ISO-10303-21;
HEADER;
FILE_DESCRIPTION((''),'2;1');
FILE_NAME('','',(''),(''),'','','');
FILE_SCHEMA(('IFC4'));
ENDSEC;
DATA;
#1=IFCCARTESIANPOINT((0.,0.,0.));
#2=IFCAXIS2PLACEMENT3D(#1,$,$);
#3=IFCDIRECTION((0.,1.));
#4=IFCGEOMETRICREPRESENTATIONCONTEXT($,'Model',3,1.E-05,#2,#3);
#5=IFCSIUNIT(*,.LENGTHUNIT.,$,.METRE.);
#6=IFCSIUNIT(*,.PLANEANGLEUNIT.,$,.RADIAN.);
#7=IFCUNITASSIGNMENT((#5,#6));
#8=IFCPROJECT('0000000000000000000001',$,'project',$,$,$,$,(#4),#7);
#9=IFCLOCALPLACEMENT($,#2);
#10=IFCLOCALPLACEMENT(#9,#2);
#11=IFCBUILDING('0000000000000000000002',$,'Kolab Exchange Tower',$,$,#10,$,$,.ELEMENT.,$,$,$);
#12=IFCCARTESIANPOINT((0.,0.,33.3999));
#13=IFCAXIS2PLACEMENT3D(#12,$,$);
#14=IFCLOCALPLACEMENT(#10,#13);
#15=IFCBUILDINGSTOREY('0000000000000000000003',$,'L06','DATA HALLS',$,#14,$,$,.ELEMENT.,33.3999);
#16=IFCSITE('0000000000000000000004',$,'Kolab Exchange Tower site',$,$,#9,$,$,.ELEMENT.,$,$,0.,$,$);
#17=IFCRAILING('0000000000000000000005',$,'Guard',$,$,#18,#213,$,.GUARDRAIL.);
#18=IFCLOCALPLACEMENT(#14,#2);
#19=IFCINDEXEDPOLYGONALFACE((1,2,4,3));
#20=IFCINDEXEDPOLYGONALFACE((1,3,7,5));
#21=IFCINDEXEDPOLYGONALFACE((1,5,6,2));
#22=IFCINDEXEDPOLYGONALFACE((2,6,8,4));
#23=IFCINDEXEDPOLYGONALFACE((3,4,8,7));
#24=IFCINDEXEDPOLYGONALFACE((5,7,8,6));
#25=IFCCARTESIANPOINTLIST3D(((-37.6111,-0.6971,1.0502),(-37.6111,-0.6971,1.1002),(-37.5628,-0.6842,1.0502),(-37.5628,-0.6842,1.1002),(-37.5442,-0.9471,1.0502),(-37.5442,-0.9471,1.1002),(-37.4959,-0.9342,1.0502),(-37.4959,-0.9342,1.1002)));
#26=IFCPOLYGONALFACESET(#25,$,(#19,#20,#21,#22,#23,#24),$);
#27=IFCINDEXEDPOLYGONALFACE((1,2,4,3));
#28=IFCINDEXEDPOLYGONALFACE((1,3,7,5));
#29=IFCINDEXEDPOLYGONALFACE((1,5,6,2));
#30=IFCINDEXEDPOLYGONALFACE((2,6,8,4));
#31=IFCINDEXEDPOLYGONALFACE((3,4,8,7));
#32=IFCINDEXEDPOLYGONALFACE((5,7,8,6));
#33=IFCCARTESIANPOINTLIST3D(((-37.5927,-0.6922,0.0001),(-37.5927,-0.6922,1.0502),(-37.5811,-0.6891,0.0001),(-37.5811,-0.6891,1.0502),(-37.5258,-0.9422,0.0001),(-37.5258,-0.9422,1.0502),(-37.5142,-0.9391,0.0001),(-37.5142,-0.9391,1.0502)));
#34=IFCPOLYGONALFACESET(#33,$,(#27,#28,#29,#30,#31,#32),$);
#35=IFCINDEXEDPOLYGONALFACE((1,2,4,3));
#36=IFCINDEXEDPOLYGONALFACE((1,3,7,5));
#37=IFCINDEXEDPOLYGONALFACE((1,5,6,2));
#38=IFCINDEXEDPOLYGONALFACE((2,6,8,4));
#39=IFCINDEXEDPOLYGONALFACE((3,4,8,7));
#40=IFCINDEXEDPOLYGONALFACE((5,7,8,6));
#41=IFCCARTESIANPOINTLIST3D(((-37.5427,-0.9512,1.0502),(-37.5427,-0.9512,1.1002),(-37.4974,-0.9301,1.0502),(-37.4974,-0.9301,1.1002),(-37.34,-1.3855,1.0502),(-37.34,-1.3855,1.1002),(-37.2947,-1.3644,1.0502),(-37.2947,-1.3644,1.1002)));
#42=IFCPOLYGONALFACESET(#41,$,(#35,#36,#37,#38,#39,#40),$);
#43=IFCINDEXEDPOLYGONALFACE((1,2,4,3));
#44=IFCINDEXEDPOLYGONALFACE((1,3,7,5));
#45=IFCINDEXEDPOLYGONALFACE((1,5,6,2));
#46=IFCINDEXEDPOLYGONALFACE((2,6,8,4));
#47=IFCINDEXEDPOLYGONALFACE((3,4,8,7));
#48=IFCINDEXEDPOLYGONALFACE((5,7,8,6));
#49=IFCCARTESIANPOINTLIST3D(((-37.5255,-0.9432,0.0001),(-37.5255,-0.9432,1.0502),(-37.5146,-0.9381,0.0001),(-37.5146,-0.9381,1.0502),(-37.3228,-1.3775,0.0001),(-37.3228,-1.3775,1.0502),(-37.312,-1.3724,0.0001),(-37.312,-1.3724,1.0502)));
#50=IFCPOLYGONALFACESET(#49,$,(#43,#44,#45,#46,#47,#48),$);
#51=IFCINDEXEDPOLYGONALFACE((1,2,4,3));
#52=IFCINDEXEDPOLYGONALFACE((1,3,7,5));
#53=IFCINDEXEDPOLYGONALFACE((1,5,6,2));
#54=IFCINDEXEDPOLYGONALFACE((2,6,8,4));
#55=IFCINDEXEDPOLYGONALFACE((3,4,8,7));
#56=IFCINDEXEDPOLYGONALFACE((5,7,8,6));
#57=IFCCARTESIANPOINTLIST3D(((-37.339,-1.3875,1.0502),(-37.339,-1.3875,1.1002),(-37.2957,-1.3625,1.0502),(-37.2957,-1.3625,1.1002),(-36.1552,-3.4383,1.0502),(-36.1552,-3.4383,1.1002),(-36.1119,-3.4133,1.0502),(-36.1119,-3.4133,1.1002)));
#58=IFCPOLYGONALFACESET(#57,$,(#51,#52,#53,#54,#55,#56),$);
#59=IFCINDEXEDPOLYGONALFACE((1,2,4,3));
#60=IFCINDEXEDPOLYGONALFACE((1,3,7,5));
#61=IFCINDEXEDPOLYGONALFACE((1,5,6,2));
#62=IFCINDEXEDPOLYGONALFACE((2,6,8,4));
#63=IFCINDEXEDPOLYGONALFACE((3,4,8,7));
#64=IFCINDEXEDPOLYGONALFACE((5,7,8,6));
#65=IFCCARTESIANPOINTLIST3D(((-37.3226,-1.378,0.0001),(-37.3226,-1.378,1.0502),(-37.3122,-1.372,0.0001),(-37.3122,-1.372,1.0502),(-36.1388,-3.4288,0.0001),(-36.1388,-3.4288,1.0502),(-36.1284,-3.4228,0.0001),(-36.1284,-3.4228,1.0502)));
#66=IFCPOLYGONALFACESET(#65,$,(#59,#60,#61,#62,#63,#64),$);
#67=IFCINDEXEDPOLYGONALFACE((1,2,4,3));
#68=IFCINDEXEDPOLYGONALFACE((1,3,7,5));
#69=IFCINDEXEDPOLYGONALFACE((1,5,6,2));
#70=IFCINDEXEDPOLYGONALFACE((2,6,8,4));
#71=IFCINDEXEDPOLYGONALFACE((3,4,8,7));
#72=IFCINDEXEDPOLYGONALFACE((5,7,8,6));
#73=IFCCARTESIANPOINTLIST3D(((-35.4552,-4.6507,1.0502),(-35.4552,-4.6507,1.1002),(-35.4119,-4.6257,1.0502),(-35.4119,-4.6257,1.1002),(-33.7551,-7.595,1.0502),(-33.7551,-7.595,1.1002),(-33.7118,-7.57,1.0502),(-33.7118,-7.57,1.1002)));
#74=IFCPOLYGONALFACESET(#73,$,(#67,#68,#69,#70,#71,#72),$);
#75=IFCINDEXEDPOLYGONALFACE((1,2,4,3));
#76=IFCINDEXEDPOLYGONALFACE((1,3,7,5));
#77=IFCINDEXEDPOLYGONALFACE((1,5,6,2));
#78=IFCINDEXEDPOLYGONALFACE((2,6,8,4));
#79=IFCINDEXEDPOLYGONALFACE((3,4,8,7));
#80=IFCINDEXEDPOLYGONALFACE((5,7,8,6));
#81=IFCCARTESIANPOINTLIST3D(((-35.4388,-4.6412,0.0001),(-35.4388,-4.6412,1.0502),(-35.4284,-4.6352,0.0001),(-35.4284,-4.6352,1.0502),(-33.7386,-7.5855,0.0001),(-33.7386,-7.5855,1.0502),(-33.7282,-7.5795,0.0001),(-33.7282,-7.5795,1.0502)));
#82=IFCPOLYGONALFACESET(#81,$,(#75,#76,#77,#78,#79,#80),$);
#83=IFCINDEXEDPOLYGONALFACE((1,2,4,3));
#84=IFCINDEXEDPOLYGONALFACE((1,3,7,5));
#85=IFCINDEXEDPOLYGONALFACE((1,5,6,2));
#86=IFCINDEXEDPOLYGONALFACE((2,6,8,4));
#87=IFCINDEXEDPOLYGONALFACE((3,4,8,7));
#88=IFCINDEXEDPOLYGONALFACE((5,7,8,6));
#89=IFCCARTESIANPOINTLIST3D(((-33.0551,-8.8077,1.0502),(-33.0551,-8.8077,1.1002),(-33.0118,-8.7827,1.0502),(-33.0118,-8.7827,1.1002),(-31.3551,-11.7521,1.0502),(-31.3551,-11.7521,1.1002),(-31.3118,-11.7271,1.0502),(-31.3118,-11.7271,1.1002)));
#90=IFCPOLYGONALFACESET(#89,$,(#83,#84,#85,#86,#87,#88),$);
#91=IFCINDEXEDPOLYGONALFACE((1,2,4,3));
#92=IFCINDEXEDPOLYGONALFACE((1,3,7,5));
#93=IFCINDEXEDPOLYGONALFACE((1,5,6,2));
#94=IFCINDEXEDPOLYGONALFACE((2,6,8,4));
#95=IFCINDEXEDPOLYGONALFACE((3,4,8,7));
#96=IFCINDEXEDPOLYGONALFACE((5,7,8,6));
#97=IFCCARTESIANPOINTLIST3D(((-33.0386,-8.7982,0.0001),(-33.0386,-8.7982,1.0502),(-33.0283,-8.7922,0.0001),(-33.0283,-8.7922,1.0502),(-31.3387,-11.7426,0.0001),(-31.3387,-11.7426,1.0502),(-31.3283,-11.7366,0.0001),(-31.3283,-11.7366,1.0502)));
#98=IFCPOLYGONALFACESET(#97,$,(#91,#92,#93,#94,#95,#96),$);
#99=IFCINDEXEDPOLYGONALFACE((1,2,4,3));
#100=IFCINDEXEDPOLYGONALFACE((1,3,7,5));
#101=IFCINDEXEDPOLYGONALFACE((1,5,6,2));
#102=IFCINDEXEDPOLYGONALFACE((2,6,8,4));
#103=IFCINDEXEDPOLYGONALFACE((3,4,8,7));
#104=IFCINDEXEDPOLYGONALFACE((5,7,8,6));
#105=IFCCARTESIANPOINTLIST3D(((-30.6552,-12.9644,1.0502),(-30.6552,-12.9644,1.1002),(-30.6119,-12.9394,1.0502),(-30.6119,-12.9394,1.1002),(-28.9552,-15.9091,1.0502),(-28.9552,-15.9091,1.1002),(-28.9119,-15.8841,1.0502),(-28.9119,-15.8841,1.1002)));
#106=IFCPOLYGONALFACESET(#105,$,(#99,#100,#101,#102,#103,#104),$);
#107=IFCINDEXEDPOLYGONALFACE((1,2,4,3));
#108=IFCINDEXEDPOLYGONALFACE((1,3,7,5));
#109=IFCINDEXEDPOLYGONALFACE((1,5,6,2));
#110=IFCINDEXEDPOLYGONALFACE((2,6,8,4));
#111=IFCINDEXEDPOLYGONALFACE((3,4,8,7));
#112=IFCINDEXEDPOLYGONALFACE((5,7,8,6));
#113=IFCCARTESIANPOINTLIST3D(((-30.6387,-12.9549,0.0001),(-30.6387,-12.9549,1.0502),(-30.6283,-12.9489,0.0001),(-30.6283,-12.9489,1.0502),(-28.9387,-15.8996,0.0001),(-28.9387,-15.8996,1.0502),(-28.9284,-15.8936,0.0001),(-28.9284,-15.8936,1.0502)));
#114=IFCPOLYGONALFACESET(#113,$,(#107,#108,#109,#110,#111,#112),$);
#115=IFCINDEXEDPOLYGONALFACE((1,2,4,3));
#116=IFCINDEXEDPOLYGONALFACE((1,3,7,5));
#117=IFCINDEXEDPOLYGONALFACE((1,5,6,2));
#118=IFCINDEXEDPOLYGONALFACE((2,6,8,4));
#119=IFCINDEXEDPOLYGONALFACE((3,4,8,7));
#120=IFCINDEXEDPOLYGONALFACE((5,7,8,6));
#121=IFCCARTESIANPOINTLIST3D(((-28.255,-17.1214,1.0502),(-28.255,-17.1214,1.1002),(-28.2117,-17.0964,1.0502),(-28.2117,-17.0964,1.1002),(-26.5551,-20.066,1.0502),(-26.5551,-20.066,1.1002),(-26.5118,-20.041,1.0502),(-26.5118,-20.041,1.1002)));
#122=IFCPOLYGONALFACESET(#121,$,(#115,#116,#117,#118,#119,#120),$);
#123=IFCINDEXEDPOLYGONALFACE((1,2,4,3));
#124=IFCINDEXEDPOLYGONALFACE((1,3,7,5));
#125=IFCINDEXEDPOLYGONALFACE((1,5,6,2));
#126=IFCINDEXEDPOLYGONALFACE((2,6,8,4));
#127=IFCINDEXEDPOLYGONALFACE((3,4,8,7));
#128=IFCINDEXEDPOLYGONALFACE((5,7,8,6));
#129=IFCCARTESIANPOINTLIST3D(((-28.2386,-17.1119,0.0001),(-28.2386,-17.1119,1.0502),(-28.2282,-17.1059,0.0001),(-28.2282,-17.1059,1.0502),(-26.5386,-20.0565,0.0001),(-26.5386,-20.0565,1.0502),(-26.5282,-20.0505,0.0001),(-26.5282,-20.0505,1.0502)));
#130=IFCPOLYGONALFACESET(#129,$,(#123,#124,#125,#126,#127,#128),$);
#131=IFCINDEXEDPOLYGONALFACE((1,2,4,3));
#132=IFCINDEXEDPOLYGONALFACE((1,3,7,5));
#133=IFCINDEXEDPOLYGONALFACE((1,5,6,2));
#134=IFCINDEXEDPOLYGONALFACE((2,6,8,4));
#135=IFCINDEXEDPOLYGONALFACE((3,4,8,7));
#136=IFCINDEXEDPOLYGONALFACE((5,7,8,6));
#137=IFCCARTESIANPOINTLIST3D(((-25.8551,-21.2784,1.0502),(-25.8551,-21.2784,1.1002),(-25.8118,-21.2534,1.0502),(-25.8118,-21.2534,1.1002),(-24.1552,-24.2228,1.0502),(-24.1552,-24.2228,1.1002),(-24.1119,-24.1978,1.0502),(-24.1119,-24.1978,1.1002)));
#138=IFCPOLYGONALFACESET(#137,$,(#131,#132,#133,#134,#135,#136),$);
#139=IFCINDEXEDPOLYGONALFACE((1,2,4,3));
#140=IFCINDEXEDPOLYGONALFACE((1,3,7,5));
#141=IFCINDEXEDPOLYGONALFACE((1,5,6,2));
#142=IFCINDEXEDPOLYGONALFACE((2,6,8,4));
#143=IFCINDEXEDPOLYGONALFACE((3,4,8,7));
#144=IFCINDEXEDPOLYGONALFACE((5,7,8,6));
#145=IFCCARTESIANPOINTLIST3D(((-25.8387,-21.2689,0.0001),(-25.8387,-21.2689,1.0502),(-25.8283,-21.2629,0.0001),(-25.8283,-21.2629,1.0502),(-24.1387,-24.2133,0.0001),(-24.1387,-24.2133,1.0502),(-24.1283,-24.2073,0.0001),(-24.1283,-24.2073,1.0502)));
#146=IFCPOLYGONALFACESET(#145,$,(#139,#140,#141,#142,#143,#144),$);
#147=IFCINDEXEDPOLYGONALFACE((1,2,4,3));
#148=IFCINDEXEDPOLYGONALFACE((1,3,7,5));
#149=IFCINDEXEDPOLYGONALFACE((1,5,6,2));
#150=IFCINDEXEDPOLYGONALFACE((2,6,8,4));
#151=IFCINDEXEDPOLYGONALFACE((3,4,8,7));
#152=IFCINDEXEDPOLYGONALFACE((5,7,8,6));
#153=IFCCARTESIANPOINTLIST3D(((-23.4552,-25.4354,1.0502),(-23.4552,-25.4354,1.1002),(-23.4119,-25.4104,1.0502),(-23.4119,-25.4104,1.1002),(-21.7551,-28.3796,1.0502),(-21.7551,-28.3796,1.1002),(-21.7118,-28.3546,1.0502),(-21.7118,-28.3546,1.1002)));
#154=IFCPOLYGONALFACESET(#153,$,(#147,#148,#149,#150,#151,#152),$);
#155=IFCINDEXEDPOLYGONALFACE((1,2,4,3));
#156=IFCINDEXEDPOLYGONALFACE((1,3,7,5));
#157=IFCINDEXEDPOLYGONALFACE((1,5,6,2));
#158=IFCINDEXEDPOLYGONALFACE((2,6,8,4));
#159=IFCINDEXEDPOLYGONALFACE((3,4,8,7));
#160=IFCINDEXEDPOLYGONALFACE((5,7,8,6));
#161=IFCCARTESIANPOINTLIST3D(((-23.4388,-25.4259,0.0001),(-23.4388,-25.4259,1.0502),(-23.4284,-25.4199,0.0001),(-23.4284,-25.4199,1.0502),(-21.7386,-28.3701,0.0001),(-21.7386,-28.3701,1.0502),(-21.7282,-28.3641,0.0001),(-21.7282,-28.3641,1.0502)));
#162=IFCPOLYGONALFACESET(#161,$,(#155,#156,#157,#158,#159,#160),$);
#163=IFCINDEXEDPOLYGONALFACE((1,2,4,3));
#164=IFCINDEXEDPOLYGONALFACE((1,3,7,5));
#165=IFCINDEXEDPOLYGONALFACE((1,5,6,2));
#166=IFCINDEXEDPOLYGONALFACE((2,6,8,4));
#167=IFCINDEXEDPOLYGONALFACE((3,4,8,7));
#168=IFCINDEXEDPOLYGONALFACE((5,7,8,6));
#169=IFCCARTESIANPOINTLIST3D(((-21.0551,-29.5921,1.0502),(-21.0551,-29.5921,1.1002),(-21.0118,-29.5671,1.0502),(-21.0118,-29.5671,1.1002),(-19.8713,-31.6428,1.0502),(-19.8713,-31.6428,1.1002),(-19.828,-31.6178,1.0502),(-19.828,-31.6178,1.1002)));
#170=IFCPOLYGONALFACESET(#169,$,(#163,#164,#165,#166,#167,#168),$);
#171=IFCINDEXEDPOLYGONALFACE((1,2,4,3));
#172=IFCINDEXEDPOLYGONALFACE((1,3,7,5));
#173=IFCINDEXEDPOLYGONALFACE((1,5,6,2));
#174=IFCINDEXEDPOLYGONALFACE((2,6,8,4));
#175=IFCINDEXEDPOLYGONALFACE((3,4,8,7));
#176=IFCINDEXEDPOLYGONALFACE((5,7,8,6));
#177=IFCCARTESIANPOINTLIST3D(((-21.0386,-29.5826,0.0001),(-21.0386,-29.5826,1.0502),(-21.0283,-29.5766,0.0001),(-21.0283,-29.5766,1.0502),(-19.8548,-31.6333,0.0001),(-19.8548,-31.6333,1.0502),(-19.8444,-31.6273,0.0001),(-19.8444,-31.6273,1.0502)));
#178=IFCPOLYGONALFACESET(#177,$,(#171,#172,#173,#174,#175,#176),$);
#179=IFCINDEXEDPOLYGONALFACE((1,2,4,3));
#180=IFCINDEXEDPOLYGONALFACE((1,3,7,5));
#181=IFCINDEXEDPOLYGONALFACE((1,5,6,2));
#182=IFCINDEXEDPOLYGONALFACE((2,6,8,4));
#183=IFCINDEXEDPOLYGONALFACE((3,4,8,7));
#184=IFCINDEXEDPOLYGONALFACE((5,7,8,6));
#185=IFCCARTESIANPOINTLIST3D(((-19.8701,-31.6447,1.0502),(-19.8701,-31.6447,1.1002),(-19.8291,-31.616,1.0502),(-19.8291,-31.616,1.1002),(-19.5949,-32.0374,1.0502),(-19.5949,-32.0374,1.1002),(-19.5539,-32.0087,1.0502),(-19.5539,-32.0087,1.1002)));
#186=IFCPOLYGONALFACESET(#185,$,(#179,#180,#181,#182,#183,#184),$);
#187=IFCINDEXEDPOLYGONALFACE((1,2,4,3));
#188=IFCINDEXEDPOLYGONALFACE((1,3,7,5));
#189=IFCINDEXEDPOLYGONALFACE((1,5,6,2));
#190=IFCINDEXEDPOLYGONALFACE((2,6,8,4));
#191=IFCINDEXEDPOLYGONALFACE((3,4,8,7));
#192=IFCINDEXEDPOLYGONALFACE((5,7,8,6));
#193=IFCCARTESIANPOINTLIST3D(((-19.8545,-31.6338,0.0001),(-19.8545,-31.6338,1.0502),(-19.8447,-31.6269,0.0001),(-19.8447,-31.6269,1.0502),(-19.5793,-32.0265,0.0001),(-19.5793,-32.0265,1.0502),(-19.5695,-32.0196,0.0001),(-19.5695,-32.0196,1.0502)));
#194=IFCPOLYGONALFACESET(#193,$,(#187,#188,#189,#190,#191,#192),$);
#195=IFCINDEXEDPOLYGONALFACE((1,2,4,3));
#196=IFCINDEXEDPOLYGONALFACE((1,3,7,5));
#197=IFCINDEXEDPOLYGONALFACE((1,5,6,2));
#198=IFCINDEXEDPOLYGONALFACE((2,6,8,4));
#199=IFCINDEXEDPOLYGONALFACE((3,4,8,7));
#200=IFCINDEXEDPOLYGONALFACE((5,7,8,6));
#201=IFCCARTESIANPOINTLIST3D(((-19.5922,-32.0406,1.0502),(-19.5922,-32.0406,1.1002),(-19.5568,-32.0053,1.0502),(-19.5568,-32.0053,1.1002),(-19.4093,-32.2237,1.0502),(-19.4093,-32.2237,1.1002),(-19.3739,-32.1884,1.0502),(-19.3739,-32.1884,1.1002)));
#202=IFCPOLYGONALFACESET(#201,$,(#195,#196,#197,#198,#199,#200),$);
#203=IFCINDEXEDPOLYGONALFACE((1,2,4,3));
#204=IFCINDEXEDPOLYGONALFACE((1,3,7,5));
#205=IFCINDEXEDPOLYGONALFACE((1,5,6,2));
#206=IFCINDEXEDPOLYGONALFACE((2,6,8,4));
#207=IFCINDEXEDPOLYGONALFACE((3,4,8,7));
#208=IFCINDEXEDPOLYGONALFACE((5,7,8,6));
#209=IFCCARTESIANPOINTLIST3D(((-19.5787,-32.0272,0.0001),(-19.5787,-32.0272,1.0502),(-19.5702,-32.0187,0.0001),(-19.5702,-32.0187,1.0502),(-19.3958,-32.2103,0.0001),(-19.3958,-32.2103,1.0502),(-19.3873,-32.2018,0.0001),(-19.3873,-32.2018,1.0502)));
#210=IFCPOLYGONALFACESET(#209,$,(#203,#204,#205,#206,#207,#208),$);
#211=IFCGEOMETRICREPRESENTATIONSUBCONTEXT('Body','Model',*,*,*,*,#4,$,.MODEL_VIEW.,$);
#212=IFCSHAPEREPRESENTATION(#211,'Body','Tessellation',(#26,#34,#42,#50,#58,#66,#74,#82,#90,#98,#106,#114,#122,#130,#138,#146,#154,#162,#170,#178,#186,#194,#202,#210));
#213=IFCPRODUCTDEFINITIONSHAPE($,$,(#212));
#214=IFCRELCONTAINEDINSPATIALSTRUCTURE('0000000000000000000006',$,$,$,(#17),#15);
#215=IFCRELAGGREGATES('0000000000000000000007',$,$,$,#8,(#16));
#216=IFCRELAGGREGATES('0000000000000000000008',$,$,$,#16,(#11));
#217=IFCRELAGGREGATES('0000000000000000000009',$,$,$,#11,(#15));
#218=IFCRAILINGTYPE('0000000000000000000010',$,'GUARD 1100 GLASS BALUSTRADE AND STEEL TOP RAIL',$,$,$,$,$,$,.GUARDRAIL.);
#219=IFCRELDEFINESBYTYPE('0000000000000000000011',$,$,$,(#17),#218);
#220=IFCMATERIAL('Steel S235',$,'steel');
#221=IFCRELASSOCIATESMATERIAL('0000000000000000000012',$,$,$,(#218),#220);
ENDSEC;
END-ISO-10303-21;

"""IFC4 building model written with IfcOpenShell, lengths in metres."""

from ifc_helpers import new_model, si_unit, direction, frame, frame_2d, origin, origin_2d, place, context, subcontext, project, spatial, rectangle, extrude, material, type_object, element, save


model = new_model("IFC4")

# Units and contexts
model_context = context("Model", 3, precision=1e-05, world=origin(), true_north=direction((0.0, 1.0)))
body_context = subcontext(model_context, "Body", "Model", "MODEL_VIEW")
ifc_project = project(units=[si_unit("LENGTHUNIT", "METRE"), si_unit("PLANEANGLEUNIT", "RADIAN")], contexts=[model_context])

# Site, building, storey
site_placement = place(None, origin())
site = spatial("IfcSite", under=ifc_project, at=site_placement, Name="Kolab Exchange Tower site", CompositionType="ELEMENT", RefElevation=0.0)
building_placement = place(site_placement, origin())
building = spatial("IfcBuilding", under=site, at=building_placement, Name="Kolab Exchange Tower", CompositionType="ELEMENT")
storey_placement = place(building_placement, frame((0.0, 0.0, 33.3999)))
storey = spatial("IfcBuildingStorey", under=building, at=storey_placement, Name="L06", Description="DATA HALLS", CompositionType="ELEMENT", Elevation=33.3999)

# Railing
ifc_material_1 = material(Name="Steel S235", Category="steel")
railing_type = type_object("IfcRailingType", Name="GUARD 1100 GLASS BALUSTRADE AND STEEL TOP RAIL", PredefinedType="GUARDRAIL", material=ifc_material_1)
railing_placement = place(storey_placement, frame((-37.5869, -0.6907, 0.0)))
element("IfcRailing", 1, at=railing_placement, inside=storey, type_object=railing_type, Name="Guard", PredefinedType="GUARDRAIL", context=body_context, shape_type="SweptSolid", body=[
    extrude(rectangle(XDim=0.05, YDim=0.05, at=origin_2d()), frame((0.0, 0.0, 1.0752), z_axis=(0.258485, -0.966015, 0.0), x_axis=(0.966015, 0.258485, 0.0)), (0.0, 0.0, 1.0), 0.2588),
    extrude(rectangle(XDim=0.012, YDim=1.0501, at=frame_2d((0.0, 0.5251))), frame((0.0, 0.0, 0.0), z_axis=(0.258485, -0.966015, 0.0), x_axis=(0.966015, 0.258485, 0.0)), (0.0, 0.0, 1.0), 0.2588),
    extrude(rectangle(XDim=0.05, YDim=0.05, at=origin_2d()), frame((0.0669, -0.25, 1.0752), z_axis=(0.422802, -0.906222, 0.0), x_axis=(0.906222, 0.422802, 0.0)), (0.0, 0.0, 1.0), 0.4792),
    extrude(rectangle(XDim=0.012, YDim=1.0501, at=frame_2d((0.0, 0.5251))), frame((0.0669, -0.25, 0.0), z_axis=(0.422802, -0.906222, 0.0), x_axis=(0.906222, 0.422802, 0.0)), (0.0, 0.0, 1.0), 0.4792),
    extrude(rectangle(XDim=0.05, YDim=0.05, at=origin_2d()), frame((0.2695, -0.6843, 1.0752), z_axis=(0.499943, -0.866059, 0.0), x_axis=(0.866059, 0.499943, 0.0)), (0.0, 0.0, 1.0), 2.3679),
    extrude(rectangle(XDim=0.012, YDim=1.0501, at=frame_2d((0.0, 0.5251))), frame((0.2695, -0.6843, 0.0), z_axis=(0.499943, -0.866059, 0.0), x_axis=(0.866059, 0.499943, 0.0)), (0.0, 0.0, 1.0), 2.3679),
    extrude(rectangle(XDim=0.05, YDim=0.05, at=origin_2d()), frame((2.1533, -3.9475, 1.0752), z_axis=(0.500062, -0.865989, 0.0), x_axis=(0.865989, 0.500062, 0.0)), (0.0, 0.0, 1.0), 3.3999),
    extrude(rectangle(XDim=0.012, YDim=1.0501, at=frame_2d((0.0, 0.5251))), frame((2.1533, -3.9475, 0.0), z_axis=(0.500062, -0.865989, 0.0), x_axis=(0.865989, 0.500062, 0.0)), (0.0, 0.0, 1.0), 3.3999),
    extrude(rectangle(XDim=0.05, YDim=0.05, at=origin_2d()), frame((4.5535, -8.1045, 1.0752), z_axis=(0.500008, -0.866021, 0.0), x_axis=(0.866021, 0.500008, 0.0)), (0.0, 0.0, 1.0), 3.3999),
    extrude(rectangle(XDim=0.012, YDim=1.0501, at=frame_2d((0.0, 0.5251))), frame((4.5535, -8.1045, 0.0), z_axis=(0.500008, -0.866021, 0.0), x_axis=(0.866021, 0.500008, 0.0)), (0.0, 0.0, 1.0), 3.3999),
    extrude(rectangle(XDim=0.05, YDim=0.05, at=origin_2d()), frame((6.9534, -12.2612, 1.0752), z_axis=(0.499977, -0.866039, 0.0), x_axis=(0.866039, 0.499977, 0.0)), (0.0, 0.0, 1.0), 3.4001),
    extrude(rectangle(XDim=0.012, YDim=1.0501, at=frame_2d((0.0, 0.5251))), frame((6.9534, -12.2612, 0.0), z_axis=(0.499977, -0.866039, 0.0), x_axis=(0.866039, 0.499977, 0.0)), (0.0, 0.0, 1.0), 3.4001),
    extrude(rectangle(XDim=0.05, YDim=0.05, at=origin_2d()), frame((9.3535, -16.4182, 1.0752), z_axis=(0.499977, -0.866039, 0.0), x_axis=(0.866039, 0.499977, 0.0)), (0.0, 0.0, 1.0), 3.4001),
    extrude(rectangle(XDim=0.012, YDim=1.0501, at=frame_2d((0.0, 0.5251))), frame((9.3535, -16.4182, 0.0), z_axis=(0.499977, -0.866039, 0.0), x_axis=(0.866039, 0.499977, 0.0)), (0.0, 0.0, 1.0), 3.4001),
    extrude(rectangle(XDim=0.05, YDim=0.05, at=origin_2d()), frame((11.7534, -20.5752, 1.0752), z_axis=(0.500008, -0.866021, 0.0), x_axis=(0.866021, 0.500008, 0.0)), (0.0, 0.0, 1.0), 3.3999),
    extrude(rectangle(XDim=0.012, YDim=1.0501, at=frame_2d((0.0, 0.5251))), frame((11.7534, -20.5752, 0.0), z_axis=(0.500008, -0.866021, 0.0), x_axis=(0.866021, 0.500008, 0.0)), (0.0, 0.0, 1.0), 3.3999),
    extrude(rectangle(XDim=0.05, YDim=0.05, at=origin_2d()), frame((14.1533, -24.7322, 1.0752), z_axis=(0.500062, -0.865989, 0.0), x_axis=(0.865989, 0.500062, 0.0)), (0.0, 0.0, 1.0), 3.3999),
    extrude(rectangle(XDim=0.012, YDim=1.0501, at=frame_2d((0.0, 0.5251))), frame((14.1533, -24.7322, 0.0), z_axis=(0.500062, -0.865989, 0.0), x_axis=(0.865989, 0.500062, 0.0)), (0.0, 0.0, 1.0), 3.3999),
    extrude(rectangle(XDim=0.05, YDim=0.05, at=origin_2d()), frame((16.5535, -28.8889, 1.0752), z_axis=(0.499943, -0.866059, 0.0), x_axis=(0.866059, 0.499943, 0.0)), (0.0, 0.0, 1.0), 2.3679),
    extrude(rectangle(XDim=0.012, YDim=1.0501, at=frame_2d((0.0, 0.5251))), frame((16.5535, -28.8889, 0.0), z_axis=(0.499943, -0.866059, 0.0), x_axis=(0.866059, 0.499943, 0.0)), (0.0, 0.0, 1.0), 2.3679),
    extrude(rectangle(XDim=0.05, YDim=0.05, at=origin_2d()), frame((17.7373, -30.9397, 1.0752), z_axis=(0.573941, -0.818897, 0.0), x_axis=(0.818897, 0.573941, 0.0)), (0.0, 0.0, 1.0), 0.4795),
    extrude(rectangle(XDim=0.012, YDim=1.0501, at=frame_2d((0.0, 0.5251))), frame((17.7373, -30.9397, 0.0), z_axis=(0.573941, -0.818897, 0.0), x_axis=(0.818897, 0.573941, 0.0)), (0.0, 0.0, 1.0), 0.4795),
    extrude(rectangle(XDim=0.05, YDim=0.05, at=origin_2d()), frame((18.0125, -31.3323, 1.0752), z_axis=(0.706635, -0.707578, 0.0), x_axis=(0.707578, 0.706635, 0.0)), (0.0, 0.0, 1.0), 0.2588),
    extrude(rectangle(XDim=0.012, YDim=1.0501, at=frame_2d((0.0, 0.5251))), frame((18.0125, -31.3323, 0.0), z_axis=(0.706635, -0.707578, 0.0), x_axis=(0.707578, 0.706635, 0.0)), (0.0, 0.0, 1.0), 0.2588),
])

save(model, "model.ifc")
